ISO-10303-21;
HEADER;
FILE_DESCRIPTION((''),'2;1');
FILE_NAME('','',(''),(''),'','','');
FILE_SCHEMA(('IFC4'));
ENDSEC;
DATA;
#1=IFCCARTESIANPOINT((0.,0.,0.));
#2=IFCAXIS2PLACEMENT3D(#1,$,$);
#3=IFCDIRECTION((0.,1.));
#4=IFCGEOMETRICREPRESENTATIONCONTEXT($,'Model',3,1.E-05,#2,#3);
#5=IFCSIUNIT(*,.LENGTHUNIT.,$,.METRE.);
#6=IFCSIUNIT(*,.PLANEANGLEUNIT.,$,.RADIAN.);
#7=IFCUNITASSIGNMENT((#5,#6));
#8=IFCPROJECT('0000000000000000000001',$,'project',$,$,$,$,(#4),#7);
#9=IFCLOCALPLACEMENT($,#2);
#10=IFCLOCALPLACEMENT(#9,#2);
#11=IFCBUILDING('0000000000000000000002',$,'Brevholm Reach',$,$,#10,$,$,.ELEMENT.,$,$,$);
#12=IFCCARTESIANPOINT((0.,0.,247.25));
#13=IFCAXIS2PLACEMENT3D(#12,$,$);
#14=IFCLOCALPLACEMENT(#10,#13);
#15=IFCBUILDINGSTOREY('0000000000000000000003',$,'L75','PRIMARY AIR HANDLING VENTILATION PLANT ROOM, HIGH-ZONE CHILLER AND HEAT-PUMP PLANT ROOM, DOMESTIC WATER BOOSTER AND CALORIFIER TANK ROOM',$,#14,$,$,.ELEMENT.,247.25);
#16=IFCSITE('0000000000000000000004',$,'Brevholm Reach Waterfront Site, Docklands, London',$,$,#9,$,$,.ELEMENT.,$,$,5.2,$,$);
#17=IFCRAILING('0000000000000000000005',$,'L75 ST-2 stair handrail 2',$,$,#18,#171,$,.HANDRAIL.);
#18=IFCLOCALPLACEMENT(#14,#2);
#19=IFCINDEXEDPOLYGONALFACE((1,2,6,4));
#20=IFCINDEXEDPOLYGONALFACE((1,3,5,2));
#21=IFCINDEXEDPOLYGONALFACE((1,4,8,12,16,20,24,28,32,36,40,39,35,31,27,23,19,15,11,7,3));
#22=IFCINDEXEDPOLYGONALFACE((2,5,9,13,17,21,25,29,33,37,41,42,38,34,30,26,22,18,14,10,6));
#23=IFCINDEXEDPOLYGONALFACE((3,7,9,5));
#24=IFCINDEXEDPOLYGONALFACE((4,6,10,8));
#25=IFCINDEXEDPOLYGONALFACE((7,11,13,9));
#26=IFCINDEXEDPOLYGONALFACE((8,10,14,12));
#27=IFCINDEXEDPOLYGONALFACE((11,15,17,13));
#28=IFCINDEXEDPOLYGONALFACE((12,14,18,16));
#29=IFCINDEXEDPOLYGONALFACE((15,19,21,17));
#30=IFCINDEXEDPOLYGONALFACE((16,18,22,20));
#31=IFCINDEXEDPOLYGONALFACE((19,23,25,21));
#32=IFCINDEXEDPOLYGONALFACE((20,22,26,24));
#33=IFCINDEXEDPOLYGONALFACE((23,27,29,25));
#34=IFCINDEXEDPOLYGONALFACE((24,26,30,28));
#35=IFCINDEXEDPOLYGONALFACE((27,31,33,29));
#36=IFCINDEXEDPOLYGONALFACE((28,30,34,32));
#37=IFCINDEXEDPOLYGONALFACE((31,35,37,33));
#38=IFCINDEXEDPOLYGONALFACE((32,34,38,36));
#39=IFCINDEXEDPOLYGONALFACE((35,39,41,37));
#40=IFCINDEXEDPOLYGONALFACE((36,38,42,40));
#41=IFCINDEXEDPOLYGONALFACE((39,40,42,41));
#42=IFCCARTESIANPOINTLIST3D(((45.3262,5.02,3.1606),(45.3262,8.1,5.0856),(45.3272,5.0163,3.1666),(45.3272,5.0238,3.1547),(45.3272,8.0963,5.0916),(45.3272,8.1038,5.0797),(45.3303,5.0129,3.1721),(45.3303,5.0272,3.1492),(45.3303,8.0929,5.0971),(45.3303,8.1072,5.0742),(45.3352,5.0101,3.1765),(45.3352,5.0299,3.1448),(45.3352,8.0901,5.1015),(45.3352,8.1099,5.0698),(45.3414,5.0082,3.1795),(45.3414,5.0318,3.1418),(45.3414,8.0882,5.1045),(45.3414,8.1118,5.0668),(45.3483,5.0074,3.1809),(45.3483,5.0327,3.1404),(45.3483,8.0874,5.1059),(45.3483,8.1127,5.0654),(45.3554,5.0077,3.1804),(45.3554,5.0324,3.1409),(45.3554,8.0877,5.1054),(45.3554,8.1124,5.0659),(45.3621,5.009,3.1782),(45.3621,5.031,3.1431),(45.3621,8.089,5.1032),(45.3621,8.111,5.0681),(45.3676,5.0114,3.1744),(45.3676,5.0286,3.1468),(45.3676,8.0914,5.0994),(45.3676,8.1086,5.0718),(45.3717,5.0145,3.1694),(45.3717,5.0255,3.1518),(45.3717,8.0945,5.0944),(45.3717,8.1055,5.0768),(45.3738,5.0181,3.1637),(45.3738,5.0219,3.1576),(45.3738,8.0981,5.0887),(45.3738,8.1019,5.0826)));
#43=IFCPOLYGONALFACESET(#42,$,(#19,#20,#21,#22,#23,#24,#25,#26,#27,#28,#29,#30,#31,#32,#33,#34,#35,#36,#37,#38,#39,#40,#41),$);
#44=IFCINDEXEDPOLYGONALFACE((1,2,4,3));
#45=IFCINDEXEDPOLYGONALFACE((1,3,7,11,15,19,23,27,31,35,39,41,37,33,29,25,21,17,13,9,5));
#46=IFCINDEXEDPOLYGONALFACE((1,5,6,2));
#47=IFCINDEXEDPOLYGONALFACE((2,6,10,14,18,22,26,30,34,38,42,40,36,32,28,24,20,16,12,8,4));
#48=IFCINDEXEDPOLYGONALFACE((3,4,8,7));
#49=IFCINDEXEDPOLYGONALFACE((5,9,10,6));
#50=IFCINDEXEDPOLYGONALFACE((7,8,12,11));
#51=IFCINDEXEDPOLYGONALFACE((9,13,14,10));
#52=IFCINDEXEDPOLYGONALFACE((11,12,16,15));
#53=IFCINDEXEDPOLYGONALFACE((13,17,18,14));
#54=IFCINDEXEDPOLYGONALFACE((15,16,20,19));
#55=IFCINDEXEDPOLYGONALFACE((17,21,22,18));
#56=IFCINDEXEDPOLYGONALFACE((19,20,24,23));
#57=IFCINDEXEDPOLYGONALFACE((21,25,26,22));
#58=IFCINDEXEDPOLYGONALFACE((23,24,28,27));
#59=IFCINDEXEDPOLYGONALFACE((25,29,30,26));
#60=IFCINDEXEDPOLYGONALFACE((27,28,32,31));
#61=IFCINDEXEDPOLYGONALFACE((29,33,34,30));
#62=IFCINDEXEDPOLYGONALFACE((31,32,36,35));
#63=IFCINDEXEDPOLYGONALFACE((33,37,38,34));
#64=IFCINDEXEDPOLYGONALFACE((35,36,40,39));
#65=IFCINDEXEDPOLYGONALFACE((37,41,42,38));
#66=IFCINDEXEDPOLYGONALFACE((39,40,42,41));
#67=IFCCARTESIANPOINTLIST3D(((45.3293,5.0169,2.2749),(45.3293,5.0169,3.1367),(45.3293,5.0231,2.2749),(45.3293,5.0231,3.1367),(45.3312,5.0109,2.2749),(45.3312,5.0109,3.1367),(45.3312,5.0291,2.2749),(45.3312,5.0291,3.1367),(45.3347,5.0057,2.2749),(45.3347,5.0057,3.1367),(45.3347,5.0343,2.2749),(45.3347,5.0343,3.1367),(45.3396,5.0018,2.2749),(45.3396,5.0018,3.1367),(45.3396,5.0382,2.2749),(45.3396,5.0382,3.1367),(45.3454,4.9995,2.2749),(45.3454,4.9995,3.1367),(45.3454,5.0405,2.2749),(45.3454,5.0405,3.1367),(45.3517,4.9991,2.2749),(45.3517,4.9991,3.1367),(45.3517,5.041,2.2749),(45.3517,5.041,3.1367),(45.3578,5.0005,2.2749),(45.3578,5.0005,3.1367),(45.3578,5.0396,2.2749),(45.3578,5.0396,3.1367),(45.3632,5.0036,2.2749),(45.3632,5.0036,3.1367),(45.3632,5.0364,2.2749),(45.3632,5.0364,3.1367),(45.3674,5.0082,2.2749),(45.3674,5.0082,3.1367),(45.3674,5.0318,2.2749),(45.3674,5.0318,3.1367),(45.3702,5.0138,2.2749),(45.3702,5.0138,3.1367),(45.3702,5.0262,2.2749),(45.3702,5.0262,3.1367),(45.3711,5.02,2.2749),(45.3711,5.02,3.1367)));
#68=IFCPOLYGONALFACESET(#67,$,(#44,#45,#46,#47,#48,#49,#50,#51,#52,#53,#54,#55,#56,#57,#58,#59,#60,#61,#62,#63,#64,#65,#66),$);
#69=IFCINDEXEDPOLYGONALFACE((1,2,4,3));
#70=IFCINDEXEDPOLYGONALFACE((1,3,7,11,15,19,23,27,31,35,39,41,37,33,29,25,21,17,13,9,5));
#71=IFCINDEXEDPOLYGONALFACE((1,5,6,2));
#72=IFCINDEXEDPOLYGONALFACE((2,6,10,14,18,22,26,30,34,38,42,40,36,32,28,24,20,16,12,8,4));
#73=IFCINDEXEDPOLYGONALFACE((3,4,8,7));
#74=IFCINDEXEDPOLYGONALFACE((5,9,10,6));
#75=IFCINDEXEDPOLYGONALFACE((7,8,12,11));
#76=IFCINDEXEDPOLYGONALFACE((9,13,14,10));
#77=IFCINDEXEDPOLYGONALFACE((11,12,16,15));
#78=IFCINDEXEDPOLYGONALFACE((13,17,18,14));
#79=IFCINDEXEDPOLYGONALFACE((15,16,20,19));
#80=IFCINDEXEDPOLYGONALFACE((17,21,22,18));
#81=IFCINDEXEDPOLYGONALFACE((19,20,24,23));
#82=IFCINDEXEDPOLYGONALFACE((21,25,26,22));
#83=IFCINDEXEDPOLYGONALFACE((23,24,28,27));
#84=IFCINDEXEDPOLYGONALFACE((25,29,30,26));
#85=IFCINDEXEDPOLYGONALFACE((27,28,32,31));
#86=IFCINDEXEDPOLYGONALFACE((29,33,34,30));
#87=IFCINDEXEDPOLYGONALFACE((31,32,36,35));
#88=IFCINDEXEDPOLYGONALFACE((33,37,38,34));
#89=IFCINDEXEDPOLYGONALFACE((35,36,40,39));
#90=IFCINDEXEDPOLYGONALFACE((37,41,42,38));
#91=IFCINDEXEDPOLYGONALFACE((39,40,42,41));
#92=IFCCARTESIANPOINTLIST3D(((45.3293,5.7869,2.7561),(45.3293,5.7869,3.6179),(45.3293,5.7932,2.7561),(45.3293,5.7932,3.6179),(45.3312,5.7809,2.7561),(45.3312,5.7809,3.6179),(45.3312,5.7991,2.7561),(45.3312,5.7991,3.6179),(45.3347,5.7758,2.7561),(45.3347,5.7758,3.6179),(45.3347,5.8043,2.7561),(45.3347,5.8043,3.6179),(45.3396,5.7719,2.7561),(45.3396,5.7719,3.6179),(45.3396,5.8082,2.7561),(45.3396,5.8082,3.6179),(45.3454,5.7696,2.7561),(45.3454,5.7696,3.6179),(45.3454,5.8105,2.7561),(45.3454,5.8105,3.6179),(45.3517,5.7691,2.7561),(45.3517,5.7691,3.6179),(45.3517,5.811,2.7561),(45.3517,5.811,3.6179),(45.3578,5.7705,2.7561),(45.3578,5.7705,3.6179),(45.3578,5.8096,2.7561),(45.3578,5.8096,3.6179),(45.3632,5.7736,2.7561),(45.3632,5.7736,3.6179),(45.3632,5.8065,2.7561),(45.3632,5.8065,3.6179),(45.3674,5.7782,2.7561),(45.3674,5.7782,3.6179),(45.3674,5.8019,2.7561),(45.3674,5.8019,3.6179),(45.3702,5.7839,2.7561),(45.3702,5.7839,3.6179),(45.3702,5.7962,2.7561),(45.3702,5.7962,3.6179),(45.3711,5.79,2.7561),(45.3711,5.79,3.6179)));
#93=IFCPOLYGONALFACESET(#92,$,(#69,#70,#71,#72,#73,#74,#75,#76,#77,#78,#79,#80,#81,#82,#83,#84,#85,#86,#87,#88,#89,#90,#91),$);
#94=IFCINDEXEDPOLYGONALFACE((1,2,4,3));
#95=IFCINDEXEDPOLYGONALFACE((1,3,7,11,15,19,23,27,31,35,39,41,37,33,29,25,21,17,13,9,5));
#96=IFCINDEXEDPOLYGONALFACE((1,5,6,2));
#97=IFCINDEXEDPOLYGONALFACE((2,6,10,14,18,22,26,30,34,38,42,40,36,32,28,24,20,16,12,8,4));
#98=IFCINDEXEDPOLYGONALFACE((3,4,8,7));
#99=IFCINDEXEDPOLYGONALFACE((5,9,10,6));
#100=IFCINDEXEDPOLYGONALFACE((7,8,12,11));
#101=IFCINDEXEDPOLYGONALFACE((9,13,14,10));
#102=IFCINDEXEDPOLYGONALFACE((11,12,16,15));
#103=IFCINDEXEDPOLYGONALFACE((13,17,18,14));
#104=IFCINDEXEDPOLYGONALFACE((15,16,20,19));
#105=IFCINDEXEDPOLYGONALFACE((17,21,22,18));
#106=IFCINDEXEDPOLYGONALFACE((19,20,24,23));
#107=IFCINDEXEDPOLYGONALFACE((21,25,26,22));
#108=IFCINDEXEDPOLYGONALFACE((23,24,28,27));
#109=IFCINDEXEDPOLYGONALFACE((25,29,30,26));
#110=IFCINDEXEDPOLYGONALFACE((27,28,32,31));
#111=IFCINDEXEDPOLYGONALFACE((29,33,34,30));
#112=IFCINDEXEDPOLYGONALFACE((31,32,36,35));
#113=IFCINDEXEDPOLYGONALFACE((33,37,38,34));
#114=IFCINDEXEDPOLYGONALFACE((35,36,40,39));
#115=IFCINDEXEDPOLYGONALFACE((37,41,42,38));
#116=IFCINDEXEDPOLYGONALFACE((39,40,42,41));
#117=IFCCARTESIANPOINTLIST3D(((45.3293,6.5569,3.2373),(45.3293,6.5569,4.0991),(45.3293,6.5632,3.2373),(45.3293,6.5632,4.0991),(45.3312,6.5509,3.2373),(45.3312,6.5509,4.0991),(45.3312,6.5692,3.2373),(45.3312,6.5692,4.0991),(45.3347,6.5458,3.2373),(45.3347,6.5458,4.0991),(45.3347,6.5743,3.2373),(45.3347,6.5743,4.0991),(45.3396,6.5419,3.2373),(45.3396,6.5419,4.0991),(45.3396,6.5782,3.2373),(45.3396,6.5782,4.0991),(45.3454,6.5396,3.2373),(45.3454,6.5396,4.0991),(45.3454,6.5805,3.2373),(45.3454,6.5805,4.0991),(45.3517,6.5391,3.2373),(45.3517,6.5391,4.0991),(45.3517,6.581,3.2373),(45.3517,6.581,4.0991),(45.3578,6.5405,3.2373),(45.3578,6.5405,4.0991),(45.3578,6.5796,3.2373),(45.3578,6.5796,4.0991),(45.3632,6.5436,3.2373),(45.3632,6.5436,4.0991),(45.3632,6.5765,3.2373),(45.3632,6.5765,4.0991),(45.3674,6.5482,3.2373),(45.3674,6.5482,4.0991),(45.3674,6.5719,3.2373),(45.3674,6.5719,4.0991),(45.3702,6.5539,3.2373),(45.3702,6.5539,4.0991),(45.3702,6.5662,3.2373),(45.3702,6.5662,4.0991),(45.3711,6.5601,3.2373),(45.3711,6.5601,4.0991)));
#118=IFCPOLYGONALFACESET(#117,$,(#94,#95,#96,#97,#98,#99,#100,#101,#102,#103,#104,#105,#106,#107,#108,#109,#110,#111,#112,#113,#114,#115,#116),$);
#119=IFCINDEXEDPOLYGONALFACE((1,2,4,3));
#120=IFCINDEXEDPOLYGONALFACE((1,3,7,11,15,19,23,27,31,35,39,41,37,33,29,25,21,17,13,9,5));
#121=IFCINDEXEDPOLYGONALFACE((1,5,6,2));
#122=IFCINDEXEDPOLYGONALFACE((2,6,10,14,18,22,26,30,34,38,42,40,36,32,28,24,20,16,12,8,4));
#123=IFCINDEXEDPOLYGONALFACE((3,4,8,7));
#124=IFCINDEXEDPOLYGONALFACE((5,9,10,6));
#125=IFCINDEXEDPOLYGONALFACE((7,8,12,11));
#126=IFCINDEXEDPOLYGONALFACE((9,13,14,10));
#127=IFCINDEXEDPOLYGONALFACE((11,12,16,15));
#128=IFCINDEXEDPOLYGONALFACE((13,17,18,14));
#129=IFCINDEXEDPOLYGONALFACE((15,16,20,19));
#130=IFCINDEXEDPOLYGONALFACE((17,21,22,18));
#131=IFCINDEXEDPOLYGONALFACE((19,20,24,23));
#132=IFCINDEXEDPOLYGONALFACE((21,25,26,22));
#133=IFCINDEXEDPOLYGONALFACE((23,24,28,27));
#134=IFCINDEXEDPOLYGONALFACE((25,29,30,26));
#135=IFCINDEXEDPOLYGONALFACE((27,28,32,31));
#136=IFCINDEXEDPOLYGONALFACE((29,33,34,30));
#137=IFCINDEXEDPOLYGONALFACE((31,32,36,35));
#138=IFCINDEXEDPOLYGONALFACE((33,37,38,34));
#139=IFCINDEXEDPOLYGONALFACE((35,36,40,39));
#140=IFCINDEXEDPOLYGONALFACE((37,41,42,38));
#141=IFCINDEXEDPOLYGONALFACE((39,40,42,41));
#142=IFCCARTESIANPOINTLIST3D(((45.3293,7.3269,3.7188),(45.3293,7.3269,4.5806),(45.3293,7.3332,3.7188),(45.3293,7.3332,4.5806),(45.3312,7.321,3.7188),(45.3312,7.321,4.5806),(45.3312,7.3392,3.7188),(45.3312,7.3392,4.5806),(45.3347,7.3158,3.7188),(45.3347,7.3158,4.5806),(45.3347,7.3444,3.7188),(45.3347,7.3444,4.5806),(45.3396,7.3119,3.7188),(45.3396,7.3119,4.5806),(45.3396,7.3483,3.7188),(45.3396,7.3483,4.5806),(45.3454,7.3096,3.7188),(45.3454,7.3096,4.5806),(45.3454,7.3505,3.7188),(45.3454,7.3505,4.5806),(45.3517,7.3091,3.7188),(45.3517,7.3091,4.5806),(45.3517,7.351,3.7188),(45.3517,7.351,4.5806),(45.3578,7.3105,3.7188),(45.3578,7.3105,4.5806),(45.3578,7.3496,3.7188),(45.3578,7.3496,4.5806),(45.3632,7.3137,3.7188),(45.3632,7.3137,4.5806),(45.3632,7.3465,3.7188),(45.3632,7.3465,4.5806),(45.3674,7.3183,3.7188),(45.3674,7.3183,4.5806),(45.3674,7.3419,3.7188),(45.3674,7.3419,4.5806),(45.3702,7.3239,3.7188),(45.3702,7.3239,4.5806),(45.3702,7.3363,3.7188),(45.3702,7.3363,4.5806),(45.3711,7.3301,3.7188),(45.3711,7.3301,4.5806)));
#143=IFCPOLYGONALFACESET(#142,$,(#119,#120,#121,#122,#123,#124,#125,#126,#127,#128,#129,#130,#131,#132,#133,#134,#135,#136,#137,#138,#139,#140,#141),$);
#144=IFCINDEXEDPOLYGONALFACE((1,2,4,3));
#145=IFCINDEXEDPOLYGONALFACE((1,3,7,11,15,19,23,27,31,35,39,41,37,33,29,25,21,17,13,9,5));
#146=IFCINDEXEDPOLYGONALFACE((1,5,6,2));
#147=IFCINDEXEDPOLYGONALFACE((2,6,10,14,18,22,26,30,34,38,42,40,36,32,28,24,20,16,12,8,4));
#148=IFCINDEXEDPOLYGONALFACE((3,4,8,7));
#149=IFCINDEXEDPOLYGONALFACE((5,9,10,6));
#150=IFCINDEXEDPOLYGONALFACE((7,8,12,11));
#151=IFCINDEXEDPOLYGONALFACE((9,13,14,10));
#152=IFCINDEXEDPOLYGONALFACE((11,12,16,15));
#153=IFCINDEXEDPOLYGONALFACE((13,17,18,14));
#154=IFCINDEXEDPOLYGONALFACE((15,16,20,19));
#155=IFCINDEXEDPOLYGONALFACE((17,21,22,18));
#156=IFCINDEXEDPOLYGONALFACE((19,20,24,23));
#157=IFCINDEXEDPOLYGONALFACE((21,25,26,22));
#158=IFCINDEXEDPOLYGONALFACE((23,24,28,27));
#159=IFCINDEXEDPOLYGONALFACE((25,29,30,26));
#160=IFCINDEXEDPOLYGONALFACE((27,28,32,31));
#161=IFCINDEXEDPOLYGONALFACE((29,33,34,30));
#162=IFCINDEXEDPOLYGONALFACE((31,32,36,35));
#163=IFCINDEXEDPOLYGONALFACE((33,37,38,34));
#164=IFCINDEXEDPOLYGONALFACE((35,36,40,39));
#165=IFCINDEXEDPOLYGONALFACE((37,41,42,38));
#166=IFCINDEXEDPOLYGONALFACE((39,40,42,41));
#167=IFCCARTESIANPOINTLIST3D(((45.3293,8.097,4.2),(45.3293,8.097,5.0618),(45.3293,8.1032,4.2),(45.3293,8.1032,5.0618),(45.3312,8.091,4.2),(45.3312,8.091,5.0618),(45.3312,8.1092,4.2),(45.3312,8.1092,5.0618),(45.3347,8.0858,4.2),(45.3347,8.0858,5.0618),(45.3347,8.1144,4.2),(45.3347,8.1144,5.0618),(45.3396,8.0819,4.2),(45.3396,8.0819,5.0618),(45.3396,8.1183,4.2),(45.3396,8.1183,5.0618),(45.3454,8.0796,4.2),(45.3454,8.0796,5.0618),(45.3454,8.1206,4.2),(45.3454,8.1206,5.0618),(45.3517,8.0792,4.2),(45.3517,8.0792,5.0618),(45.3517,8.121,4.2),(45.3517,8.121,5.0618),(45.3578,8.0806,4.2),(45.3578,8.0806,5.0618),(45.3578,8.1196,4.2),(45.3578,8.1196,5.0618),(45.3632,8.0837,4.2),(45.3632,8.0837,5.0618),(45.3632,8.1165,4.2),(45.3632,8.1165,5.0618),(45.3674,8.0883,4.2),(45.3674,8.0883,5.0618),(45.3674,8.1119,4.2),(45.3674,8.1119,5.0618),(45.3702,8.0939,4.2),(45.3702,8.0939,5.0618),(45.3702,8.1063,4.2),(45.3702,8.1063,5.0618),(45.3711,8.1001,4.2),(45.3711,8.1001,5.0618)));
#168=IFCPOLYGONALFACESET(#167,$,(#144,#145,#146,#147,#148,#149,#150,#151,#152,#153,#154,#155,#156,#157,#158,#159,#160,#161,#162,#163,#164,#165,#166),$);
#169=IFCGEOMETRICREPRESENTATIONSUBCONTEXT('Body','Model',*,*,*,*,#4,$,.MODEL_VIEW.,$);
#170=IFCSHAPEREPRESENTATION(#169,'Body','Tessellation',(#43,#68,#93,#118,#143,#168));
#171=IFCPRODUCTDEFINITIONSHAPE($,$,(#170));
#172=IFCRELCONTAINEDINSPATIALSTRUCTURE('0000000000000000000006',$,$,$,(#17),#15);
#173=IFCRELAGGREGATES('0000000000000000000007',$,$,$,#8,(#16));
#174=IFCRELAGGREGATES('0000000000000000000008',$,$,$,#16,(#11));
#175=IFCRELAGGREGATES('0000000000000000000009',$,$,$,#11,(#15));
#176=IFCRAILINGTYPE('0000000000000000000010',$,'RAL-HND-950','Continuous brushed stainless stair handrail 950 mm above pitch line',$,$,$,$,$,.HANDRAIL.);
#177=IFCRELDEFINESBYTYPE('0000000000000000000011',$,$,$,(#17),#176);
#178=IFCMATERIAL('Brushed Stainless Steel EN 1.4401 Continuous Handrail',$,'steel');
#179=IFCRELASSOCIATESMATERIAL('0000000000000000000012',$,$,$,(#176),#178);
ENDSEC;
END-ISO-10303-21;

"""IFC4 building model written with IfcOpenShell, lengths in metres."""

from ifc_helpers import new_model, si_unit, direction, frame, origin, origin_2d, place, context, subcontext, project, spatial, circle, extrude, material, type_object, element, save


model = new_model("IFC4")

# Units and contexts
model_context = context("Model", 3, precision=1e-05, world=origin(), true_north=direction((0.0, 1.0)))
body_context = subcontext(model_context, "Body", "Model", "MODEL_VIEW")
ifc_project = project(units=[si_unit("LENGTHUNIT", "METRE"), si_unit("PLANEANGLEUNIT", "RADIAN")], contexts=[model_context])

# Site, building, storey
site_placement = place(None, origin())
site = spatial("IfcSite", under=ifc_project, at=site_placement, Name="Brevholm Reach Waterfront Site, Docklands, London", CompositionType="ELEMENT", RefElevation=5.2)
building_placement = place(site_placement, origin())
building = spatial("IfcBuilding", under=site, at=building_placement, Name="Brevholm Reach", CompositionType="ELEMENT")
storey_placement = place(building_placement, frame((0.0, 0.0, 247.25)))
storey = spatial("IfcBuildingStorey", under=building, at=storey_placement, Name="L75", Description="PRIMARY AIR HANDLING VENTILATION PLANT ROOM, HIGH-ZONE CHILLER AND HEAT-PUMP PLANT ROOM, DOMESTIC WATER BOOSTER AND CALORIFIER TANK ROOM", CompositionType="ELEMENT", Elevation=247.25)

# Railing
ifc_material_1 = material(Name="Brushed Stainless Steel EN 1.4401 Continuous Handrail", Category="steel")
railing_type_1 = type_object("IfcRailingType", Name="RAL-HND-950", Description="Continuous brushed stainless stair handrail 950 mm above pitch line", PredefinedType="HANDRAIL", material=ifc_material_1)
railing_1_placement = place(storey_placement, frame((45.3501, 5.02, 2.2749)))
element("IfcRailing", 1, at=railing_1_placement, inside=storey, type_object=railing_type_1, Name="L75 ST-2 stair handrail 2", PredefinedType="HANDRAIL", context=body_context, shape_type="SweptSolid", body=[
    extrude(circle(Radius=0.0239, at=origin_2d()), frame((0.0, 0.0, 0.8857), z_axis=(0.0, 0.847998, 0.529999), x_axis=(-1.0, 0.0, 0.0)), (0.0, 0.0, 1.0), 3.6321),
    extrude(circle(Radius=0.021, at=origin_2d()), origin(), (0.0, 0.0, 1.0), 0.8618),
    extrude(circle(Radius=0.021, at=origin_2d()), frame((0.0, 0.77, 0.4812)), (0.0, 0.0, 1.0), 0.8618),
    extrude(circle(Radius=0.021, at=origin_2d()), frame((0.0, 1.54, 0.9624)), (0.0, 0.0, 1.0), 0.8618),
    extrude(circle(Radius=0.021, at=origin_2d()), frame((0.0, 2.3101, 1.4438)), (0.0, 0.0, 1.0), 0.8618),
    extrude(circle(Radius=0.021, at=origin_2d()), frame((0.0, 3.0801, 1.925)), (0.0, 0.0, 1.0), 0.8618),
])

save(model, "model.ifc")
